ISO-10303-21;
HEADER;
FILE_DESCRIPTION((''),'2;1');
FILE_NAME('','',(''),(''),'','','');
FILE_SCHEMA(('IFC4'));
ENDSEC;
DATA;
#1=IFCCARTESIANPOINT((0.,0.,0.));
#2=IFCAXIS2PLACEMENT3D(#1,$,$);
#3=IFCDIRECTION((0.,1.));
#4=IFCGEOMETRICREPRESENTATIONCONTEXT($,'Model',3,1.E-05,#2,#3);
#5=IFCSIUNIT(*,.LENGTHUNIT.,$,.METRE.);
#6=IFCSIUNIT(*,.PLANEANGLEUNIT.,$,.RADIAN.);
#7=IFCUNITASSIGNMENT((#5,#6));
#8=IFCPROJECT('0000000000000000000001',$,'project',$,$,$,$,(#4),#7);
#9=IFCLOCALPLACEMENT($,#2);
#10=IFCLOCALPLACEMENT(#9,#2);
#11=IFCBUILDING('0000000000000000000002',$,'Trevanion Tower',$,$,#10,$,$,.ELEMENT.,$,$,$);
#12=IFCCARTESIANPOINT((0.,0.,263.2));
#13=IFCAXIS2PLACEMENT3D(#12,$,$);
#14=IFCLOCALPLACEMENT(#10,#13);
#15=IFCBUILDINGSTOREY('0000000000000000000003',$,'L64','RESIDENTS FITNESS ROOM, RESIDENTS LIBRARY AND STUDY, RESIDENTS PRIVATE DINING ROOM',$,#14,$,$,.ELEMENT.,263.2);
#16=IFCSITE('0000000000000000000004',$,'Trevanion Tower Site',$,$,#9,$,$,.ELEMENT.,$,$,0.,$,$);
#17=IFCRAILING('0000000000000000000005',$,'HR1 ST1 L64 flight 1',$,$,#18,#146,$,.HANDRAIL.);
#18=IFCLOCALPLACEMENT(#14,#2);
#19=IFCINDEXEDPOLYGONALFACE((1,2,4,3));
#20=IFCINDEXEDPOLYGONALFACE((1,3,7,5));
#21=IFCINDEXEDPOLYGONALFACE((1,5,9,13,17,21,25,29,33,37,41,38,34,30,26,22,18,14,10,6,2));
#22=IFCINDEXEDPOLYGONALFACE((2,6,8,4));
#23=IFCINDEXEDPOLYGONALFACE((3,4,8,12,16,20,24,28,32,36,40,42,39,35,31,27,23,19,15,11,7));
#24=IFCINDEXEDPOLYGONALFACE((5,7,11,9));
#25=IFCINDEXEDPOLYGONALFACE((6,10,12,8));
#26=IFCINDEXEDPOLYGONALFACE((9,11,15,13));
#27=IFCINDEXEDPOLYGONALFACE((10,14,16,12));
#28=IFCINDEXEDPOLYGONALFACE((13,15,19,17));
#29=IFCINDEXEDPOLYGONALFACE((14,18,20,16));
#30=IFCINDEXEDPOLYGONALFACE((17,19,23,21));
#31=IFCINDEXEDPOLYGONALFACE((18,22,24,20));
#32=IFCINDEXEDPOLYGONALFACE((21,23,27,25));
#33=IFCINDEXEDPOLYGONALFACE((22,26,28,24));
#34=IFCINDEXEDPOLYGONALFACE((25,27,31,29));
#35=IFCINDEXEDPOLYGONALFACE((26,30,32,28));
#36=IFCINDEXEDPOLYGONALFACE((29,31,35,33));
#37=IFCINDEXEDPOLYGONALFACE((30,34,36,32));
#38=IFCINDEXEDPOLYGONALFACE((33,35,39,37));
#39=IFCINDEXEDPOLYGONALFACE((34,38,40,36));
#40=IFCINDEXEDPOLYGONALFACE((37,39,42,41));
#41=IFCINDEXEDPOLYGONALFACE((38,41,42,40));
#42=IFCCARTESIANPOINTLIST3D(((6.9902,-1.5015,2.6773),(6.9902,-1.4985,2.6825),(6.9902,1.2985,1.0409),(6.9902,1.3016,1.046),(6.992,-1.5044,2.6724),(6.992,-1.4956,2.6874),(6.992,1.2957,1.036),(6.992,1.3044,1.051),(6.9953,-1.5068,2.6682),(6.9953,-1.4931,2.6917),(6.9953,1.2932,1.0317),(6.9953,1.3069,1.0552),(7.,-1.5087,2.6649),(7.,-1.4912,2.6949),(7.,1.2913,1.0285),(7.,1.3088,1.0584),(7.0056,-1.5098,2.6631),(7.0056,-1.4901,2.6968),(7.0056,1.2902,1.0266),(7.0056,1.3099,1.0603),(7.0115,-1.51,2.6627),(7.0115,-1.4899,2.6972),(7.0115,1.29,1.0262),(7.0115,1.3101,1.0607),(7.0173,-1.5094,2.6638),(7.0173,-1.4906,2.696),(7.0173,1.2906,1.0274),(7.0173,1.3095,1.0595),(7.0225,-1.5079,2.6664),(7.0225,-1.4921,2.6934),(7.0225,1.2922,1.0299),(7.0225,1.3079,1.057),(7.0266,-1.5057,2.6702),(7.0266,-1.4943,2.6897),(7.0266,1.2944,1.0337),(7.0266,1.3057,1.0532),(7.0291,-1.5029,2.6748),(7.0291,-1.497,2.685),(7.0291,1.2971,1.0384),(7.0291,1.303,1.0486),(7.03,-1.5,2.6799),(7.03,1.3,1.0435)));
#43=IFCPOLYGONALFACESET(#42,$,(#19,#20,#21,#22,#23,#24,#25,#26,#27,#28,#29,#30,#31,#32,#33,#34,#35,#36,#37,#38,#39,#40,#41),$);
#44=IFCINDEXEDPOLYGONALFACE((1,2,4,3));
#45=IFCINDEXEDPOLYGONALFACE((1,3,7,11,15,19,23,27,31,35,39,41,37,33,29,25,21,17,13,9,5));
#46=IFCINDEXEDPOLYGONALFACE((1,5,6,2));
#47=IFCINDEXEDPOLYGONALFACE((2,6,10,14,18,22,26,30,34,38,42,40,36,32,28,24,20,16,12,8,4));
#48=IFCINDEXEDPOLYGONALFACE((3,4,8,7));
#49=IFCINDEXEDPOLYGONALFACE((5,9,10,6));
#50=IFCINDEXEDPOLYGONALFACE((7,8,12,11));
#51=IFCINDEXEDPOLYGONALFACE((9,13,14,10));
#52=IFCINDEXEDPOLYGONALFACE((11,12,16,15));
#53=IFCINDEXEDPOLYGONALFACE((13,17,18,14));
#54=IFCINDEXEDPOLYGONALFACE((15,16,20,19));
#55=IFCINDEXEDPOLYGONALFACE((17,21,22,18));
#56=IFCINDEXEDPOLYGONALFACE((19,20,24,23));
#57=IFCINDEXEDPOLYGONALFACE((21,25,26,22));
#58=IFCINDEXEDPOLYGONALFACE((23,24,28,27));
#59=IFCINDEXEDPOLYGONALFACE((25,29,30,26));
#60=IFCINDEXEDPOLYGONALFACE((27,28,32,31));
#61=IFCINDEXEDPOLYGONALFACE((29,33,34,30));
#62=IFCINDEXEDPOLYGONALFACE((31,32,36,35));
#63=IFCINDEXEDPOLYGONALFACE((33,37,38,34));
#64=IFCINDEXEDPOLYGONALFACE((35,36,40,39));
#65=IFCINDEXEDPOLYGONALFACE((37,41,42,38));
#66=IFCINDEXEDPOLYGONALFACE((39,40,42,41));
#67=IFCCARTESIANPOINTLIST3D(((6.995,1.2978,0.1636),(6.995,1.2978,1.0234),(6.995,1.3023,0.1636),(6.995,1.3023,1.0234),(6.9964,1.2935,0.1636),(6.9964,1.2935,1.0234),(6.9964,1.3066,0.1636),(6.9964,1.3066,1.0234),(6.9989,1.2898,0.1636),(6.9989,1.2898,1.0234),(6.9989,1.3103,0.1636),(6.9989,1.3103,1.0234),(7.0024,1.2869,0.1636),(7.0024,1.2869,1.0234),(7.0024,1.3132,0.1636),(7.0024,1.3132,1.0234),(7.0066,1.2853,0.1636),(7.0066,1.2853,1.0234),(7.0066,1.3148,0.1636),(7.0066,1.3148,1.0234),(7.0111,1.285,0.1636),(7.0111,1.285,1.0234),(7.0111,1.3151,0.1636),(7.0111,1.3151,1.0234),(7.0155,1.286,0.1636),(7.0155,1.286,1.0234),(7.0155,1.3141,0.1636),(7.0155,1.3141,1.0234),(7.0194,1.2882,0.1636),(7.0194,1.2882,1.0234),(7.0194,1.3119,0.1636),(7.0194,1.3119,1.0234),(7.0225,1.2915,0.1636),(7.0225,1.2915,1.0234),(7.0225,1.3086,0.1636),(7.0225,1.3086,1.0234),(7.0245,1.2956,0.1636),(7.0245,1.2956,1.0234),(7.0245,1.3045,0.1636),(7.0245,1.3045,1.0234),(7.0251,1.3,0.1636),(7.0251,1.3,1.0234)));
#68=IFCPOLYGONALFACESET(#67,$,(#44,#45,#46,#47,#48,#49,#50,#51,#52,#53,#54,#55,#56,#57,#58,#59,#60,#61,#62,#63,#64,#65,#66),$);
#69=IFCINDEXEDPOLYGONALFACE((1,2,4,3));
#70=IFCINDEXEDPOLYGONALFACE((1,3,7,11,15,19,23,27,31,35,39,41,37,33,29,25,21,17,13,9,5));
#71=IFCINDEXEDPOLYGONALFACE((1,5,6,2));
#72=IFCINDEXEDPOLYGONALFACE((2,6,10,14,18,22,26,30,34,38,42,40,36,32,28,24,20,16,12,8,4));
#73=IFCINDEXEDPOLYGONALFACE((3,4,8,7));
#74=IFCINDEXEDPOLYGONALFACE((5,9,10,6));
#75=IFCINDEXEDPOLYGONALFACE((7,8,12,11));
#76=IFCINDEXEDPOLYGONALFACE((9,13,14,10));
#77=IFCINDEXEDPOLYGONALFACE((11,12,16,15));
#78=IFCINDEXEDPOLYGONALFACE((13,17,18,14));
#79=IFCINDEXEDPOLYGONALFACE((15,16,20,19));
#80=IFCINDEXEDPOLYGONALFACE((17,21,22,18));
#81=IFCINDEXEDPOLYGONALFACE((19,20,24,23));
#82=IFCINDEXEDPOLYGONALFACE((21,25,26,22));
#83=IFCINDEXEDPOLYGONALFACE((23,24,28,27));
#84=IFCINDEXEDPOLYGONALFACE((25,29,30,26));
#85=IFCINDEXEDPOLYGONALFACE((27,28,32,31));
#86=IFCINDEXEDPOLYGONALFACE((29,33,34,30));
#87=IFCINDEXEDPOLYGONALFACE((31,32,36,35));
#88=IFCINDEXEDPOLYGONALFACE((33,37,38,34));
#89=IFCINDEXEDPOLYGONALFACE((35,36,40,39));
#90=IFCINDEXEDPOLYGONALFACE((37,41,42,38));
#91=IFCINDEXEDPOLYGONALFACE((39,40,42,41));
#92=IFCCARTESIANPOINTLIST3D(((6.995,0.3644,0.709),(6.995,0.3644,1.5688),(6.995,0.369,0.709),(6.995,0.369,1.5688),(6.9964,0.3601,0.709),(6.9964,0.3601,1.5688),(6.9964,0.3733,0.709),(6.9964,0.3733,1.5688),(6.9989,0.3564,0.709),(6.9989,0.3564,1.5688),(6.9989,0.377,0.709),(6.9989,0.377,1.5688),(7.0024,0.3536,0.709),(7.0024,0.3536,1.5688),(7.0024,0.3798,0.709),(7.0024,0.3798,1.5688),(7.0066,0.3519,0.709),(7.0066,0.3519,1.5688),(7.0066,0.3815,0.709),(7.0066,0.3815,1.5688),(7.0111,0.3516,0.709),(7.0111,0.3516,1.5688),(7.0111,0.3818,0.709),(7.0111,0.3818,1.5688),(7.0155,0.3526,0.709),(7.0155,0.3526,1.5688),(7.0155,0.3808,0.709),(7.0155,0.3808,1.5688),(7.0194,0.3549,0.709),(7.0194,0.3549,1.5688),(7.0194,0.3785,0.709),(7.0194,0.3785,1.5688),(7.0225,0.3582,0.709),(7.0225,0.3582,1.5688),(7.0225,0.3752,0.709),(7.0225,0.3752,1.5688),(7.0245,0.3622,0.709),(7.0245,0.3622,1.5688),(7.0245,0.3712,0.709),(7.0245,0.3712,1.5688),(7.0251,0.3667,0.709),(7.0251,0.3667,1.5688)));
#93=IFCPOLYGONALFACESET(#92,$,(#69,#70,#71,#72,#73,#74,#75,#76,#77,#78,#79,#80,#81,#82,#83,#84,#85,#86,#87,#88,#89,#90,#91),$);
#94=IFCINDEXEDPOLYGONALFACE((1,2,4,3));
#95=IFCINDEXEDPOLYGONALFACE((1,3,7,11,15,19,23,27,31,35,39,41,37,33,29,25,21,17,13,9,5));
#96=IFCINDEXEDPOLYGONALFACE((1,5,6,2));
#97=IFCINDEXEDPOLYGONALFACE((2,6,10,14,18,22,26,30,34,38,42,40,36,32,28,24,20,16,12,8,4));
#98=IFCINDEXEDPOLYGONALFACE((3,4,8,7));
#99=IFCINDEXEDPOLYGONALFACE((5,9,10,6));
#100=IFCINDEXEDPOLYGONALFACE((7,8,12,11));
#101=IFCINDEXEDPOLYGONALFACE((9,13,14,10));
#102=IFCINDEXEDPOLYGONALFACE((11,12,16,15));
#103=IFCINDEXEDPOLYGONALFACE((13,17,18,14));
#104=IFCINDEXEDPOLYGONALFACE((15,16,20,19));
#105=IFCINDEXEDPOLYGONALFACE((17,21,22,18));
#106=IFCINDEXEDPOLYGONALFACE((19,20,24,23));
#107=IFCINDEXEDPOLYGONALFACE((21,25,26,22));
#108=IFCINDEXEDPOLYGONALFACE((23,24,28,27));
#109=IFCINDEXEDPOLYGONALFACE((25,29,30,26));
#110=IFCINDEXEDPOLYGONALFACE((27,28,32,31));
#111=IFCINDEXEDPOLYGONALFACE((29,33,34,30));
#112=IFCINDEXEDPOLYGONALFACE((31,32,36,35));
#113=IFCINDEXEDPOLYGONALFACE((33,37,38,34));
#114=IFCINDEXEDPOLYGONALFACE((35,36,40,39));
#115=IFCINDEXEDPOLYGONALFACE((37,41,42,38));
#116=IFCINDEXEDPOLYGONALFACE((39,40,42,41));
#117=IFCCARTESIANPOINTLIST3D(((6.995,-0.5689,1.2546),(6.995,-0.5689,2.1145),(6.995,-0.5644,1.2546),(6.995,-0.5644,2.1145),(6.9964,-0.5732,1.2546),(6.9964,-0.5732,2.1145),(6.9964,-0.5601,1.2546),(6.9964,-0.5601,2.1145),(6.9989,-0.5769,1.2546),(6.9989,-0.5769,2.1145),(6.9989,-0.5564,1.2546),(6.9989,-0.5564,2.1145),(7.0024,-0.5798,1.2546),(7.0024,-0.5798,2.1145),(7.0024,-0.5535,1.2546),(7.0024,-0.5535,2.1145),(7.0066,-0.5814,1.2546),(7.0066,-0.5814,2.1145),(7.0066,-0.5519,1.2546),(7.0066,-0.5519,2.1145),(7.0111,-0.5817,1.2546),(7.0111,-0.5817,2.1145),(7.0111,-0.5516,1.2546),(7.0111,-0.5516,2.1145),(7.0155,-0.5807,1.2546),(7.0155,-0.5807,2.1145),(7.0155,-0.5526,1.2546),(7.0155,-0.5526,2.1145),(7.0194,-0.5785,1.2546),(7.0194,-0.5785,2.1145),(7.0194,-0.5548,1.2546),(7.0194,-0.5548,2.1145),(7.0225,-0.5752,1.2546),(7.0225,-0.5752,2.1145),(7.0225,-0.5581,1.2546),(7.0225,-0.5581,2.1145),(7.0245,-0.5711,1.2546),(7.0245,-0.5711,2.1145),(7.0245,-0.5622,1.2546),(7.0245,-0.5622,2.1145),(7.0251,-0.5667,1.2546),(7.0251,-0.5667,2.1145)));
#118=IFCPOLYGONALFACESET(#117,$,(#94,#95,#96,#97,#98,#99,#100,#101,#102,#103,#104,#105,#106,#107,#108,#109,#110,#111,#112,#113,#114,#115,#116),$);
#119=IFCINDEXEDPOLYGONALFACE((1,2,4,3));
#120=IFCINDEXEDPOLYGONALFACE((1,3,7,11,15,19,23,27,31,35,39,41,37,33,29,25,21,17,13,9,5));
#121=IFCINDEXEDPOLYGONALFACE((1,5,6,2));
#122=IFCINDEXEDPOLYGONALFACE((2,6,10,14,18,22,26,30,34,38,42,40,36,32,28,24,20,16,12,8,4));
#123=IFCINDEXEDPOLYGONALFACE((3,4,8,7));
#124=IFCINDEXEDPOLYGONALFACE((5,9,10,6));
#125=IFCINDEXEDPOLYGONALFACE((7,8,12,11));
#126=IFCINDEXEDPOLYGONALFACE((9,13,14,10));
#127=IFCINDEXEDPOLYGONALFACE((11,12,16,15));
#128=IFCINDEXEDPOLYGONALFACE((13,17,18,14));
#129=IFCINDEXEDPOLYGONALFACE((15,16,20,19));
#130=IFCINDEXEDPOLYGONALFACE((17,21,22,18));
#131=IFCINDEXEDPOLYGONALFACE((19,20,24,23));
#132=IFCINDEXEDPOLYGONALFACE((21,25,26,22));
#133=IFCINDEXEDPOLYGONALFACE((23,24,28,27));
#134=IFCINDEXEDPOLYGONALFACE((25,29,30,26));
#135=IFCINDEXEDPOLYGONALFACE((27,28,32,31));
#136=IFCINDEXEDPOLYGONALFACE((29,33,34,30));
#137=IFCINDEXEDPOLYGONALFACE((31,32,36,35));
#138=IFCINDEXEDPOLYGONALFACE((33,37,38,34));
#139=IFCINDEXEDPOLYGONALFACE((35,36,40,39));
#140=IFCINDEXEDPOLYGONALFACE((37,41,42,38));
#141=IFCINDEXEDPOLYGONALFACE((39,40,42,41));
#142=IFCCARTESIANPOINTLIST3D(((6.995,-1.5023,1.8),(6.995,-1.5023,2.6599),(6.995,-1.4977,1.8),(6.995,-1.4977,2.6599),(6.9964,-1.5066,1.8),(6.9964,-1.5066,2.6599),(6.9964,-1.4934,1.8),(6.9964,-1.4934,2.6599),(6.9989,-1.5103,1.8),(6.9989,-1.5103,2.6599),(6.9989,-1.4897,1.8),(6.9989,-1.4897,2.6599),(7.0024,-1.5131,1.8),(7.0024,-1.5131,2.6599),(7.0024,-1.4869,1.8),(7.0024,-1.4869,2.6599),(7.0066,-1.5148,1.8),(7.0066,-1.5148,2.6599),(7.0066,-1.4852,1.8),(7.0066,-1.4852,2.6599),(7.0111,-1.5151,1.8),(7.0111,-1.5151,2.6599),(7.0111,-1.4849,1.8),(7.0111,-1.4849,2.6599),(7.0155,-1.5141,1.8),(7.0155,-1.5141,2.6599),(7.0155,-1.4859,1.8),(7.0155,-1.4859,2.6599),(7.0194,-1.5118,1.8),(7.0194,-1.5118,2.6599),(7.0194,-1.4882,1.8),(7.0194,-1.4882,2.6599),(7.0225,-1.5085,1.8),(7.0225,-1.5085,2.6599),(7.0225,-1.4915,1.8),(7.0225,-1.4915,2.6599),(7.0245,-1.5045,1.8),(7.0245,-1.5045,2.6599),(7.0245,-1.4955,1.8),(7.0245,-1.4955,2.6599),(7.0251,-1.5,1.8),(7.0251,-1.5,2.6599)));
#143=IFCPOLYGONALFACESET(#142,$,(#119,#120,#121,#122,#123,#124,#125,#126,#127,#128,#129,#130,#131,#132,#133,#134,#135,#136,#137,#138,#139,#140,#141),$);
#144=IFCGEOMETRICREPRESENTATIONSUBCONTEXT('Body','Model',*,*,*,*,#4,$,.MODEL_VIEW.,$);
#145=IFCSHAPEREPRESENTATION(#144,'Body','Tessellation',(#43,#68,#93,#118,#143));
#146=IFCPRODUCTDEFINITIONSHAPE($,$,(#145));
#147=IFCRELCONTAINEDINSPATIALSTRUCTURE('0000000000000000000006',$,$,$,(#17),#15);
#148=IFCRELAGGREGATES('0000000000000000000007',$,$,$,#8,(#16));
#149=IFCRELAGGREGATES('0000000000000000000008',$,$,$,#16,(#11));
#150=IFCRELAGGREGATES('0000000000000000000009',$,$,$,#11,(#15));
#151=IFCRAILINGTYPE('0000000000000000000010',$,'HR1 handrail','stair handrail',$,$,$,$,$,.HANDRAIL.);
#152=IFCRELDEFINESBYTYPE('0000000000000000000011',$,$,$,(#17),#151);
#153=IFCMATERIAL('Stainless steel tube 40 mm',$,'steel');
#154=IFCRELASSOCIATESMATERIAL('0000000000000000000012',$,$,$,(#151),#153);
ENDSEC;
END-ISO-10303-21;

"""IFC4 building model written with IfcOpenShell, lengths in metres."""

from ifc_helpers import new_model, si_unit, direction, frame, origin, origin_2d, place, context, subcontext, project, spatial, circle, extrude, material, type_object, element, save


model = new_model("IFC4")

# Units and contexts
model_context = context("Model", 3, precision=1e-05, world=origin(), true_north=direction((0.0, 1.0)))
body_context = subcontext(model_context, "Body", "Model", "MODEL_VIEW")
ifc_project = project(units=[si_unit("LENGTHUNIT", "METRE"), si_unit("PLANEANGLEUNIT", "RADIAN")], contexts=[model_context])

# Site, building, storey
site_placement = place(None, origin())
site = spatial("IfcSite", under=ifc_project, at=site_placement, Name="Trevanion Tower Site", CompositionType="ELEMENT", RefElevation=0.0)
building_placement = place(site_placement, origin())
building = spatial("IfcBuilding", under=site, at=building_placement, Name="Trevanion Tower", CompositionType="ELEMENT")
storey_placement = place(building_placement, frame((0.0, 0.0, 263.2)))
storey = spatial("IfcBuildingStorey", under=building, at=storey_placement, Name="L64", Description="RESIDENTS FITNESS ROOM, RESIDENTS LIBRARY AND STUDY, RESIDENTS PRIVATE DINING ROOM", CompositionType="ELEMENT", Elevation=263.2)

# Railing
ifc_material_1 = material(Name="Stainless steel tube 40 mm", Category="steel")
railing_type = type_object("IfcRailingType", Name="HR1 handrail", Description="stair handrail", PredefinedType="HANDRAIL", material=ifc_material_1)
for number, where, name in (
    (1, (7.01, 1.3, 0.1636), "HR1 ST1 L64 flight 1"),
):
    element("IfcRailing", number, at=place(storey_placement, frame(where)), inside=storey, type_object=railing_type, Name=name, PredefinedType="HANDRAIL", context=body_context, shape_type="SweptSolid", body=[
        extrude(circle(Radius=0.02, at=origin_2d()), frame((0.0, 0.0, 0.8799), z_axis=(0.0, -0.863361, 0.504587), x_axis=(1.0, 0.0, 0.0)), (0.0, 0.0, 1.0), 3.2432),
        extrude(circle(Radius=0.0151, at=origin_2d()), origin(), (0.0, 0.0, 1.0), 0.8599),
        extrude(circle(Radius=0.0151, at=origin_2d()), frame((0.0, -0.9333, 0.5454)), (0.0, 0.0, 1.0), 0.8599),
        extrude(circle(Radius=0.0151, at=origin_2d()), frame((0.0, -1.8667, 1.0911)), (0.0, 0.0, 1.0), 0.8599),
        extrude(circle(Radius=0.0151, at=origin_2d()), frame((0.0, -2.8, 1.6365)), (0.0, 0.0, 1.0), 0.8599),
    ])

save(model, "model.ifc")
